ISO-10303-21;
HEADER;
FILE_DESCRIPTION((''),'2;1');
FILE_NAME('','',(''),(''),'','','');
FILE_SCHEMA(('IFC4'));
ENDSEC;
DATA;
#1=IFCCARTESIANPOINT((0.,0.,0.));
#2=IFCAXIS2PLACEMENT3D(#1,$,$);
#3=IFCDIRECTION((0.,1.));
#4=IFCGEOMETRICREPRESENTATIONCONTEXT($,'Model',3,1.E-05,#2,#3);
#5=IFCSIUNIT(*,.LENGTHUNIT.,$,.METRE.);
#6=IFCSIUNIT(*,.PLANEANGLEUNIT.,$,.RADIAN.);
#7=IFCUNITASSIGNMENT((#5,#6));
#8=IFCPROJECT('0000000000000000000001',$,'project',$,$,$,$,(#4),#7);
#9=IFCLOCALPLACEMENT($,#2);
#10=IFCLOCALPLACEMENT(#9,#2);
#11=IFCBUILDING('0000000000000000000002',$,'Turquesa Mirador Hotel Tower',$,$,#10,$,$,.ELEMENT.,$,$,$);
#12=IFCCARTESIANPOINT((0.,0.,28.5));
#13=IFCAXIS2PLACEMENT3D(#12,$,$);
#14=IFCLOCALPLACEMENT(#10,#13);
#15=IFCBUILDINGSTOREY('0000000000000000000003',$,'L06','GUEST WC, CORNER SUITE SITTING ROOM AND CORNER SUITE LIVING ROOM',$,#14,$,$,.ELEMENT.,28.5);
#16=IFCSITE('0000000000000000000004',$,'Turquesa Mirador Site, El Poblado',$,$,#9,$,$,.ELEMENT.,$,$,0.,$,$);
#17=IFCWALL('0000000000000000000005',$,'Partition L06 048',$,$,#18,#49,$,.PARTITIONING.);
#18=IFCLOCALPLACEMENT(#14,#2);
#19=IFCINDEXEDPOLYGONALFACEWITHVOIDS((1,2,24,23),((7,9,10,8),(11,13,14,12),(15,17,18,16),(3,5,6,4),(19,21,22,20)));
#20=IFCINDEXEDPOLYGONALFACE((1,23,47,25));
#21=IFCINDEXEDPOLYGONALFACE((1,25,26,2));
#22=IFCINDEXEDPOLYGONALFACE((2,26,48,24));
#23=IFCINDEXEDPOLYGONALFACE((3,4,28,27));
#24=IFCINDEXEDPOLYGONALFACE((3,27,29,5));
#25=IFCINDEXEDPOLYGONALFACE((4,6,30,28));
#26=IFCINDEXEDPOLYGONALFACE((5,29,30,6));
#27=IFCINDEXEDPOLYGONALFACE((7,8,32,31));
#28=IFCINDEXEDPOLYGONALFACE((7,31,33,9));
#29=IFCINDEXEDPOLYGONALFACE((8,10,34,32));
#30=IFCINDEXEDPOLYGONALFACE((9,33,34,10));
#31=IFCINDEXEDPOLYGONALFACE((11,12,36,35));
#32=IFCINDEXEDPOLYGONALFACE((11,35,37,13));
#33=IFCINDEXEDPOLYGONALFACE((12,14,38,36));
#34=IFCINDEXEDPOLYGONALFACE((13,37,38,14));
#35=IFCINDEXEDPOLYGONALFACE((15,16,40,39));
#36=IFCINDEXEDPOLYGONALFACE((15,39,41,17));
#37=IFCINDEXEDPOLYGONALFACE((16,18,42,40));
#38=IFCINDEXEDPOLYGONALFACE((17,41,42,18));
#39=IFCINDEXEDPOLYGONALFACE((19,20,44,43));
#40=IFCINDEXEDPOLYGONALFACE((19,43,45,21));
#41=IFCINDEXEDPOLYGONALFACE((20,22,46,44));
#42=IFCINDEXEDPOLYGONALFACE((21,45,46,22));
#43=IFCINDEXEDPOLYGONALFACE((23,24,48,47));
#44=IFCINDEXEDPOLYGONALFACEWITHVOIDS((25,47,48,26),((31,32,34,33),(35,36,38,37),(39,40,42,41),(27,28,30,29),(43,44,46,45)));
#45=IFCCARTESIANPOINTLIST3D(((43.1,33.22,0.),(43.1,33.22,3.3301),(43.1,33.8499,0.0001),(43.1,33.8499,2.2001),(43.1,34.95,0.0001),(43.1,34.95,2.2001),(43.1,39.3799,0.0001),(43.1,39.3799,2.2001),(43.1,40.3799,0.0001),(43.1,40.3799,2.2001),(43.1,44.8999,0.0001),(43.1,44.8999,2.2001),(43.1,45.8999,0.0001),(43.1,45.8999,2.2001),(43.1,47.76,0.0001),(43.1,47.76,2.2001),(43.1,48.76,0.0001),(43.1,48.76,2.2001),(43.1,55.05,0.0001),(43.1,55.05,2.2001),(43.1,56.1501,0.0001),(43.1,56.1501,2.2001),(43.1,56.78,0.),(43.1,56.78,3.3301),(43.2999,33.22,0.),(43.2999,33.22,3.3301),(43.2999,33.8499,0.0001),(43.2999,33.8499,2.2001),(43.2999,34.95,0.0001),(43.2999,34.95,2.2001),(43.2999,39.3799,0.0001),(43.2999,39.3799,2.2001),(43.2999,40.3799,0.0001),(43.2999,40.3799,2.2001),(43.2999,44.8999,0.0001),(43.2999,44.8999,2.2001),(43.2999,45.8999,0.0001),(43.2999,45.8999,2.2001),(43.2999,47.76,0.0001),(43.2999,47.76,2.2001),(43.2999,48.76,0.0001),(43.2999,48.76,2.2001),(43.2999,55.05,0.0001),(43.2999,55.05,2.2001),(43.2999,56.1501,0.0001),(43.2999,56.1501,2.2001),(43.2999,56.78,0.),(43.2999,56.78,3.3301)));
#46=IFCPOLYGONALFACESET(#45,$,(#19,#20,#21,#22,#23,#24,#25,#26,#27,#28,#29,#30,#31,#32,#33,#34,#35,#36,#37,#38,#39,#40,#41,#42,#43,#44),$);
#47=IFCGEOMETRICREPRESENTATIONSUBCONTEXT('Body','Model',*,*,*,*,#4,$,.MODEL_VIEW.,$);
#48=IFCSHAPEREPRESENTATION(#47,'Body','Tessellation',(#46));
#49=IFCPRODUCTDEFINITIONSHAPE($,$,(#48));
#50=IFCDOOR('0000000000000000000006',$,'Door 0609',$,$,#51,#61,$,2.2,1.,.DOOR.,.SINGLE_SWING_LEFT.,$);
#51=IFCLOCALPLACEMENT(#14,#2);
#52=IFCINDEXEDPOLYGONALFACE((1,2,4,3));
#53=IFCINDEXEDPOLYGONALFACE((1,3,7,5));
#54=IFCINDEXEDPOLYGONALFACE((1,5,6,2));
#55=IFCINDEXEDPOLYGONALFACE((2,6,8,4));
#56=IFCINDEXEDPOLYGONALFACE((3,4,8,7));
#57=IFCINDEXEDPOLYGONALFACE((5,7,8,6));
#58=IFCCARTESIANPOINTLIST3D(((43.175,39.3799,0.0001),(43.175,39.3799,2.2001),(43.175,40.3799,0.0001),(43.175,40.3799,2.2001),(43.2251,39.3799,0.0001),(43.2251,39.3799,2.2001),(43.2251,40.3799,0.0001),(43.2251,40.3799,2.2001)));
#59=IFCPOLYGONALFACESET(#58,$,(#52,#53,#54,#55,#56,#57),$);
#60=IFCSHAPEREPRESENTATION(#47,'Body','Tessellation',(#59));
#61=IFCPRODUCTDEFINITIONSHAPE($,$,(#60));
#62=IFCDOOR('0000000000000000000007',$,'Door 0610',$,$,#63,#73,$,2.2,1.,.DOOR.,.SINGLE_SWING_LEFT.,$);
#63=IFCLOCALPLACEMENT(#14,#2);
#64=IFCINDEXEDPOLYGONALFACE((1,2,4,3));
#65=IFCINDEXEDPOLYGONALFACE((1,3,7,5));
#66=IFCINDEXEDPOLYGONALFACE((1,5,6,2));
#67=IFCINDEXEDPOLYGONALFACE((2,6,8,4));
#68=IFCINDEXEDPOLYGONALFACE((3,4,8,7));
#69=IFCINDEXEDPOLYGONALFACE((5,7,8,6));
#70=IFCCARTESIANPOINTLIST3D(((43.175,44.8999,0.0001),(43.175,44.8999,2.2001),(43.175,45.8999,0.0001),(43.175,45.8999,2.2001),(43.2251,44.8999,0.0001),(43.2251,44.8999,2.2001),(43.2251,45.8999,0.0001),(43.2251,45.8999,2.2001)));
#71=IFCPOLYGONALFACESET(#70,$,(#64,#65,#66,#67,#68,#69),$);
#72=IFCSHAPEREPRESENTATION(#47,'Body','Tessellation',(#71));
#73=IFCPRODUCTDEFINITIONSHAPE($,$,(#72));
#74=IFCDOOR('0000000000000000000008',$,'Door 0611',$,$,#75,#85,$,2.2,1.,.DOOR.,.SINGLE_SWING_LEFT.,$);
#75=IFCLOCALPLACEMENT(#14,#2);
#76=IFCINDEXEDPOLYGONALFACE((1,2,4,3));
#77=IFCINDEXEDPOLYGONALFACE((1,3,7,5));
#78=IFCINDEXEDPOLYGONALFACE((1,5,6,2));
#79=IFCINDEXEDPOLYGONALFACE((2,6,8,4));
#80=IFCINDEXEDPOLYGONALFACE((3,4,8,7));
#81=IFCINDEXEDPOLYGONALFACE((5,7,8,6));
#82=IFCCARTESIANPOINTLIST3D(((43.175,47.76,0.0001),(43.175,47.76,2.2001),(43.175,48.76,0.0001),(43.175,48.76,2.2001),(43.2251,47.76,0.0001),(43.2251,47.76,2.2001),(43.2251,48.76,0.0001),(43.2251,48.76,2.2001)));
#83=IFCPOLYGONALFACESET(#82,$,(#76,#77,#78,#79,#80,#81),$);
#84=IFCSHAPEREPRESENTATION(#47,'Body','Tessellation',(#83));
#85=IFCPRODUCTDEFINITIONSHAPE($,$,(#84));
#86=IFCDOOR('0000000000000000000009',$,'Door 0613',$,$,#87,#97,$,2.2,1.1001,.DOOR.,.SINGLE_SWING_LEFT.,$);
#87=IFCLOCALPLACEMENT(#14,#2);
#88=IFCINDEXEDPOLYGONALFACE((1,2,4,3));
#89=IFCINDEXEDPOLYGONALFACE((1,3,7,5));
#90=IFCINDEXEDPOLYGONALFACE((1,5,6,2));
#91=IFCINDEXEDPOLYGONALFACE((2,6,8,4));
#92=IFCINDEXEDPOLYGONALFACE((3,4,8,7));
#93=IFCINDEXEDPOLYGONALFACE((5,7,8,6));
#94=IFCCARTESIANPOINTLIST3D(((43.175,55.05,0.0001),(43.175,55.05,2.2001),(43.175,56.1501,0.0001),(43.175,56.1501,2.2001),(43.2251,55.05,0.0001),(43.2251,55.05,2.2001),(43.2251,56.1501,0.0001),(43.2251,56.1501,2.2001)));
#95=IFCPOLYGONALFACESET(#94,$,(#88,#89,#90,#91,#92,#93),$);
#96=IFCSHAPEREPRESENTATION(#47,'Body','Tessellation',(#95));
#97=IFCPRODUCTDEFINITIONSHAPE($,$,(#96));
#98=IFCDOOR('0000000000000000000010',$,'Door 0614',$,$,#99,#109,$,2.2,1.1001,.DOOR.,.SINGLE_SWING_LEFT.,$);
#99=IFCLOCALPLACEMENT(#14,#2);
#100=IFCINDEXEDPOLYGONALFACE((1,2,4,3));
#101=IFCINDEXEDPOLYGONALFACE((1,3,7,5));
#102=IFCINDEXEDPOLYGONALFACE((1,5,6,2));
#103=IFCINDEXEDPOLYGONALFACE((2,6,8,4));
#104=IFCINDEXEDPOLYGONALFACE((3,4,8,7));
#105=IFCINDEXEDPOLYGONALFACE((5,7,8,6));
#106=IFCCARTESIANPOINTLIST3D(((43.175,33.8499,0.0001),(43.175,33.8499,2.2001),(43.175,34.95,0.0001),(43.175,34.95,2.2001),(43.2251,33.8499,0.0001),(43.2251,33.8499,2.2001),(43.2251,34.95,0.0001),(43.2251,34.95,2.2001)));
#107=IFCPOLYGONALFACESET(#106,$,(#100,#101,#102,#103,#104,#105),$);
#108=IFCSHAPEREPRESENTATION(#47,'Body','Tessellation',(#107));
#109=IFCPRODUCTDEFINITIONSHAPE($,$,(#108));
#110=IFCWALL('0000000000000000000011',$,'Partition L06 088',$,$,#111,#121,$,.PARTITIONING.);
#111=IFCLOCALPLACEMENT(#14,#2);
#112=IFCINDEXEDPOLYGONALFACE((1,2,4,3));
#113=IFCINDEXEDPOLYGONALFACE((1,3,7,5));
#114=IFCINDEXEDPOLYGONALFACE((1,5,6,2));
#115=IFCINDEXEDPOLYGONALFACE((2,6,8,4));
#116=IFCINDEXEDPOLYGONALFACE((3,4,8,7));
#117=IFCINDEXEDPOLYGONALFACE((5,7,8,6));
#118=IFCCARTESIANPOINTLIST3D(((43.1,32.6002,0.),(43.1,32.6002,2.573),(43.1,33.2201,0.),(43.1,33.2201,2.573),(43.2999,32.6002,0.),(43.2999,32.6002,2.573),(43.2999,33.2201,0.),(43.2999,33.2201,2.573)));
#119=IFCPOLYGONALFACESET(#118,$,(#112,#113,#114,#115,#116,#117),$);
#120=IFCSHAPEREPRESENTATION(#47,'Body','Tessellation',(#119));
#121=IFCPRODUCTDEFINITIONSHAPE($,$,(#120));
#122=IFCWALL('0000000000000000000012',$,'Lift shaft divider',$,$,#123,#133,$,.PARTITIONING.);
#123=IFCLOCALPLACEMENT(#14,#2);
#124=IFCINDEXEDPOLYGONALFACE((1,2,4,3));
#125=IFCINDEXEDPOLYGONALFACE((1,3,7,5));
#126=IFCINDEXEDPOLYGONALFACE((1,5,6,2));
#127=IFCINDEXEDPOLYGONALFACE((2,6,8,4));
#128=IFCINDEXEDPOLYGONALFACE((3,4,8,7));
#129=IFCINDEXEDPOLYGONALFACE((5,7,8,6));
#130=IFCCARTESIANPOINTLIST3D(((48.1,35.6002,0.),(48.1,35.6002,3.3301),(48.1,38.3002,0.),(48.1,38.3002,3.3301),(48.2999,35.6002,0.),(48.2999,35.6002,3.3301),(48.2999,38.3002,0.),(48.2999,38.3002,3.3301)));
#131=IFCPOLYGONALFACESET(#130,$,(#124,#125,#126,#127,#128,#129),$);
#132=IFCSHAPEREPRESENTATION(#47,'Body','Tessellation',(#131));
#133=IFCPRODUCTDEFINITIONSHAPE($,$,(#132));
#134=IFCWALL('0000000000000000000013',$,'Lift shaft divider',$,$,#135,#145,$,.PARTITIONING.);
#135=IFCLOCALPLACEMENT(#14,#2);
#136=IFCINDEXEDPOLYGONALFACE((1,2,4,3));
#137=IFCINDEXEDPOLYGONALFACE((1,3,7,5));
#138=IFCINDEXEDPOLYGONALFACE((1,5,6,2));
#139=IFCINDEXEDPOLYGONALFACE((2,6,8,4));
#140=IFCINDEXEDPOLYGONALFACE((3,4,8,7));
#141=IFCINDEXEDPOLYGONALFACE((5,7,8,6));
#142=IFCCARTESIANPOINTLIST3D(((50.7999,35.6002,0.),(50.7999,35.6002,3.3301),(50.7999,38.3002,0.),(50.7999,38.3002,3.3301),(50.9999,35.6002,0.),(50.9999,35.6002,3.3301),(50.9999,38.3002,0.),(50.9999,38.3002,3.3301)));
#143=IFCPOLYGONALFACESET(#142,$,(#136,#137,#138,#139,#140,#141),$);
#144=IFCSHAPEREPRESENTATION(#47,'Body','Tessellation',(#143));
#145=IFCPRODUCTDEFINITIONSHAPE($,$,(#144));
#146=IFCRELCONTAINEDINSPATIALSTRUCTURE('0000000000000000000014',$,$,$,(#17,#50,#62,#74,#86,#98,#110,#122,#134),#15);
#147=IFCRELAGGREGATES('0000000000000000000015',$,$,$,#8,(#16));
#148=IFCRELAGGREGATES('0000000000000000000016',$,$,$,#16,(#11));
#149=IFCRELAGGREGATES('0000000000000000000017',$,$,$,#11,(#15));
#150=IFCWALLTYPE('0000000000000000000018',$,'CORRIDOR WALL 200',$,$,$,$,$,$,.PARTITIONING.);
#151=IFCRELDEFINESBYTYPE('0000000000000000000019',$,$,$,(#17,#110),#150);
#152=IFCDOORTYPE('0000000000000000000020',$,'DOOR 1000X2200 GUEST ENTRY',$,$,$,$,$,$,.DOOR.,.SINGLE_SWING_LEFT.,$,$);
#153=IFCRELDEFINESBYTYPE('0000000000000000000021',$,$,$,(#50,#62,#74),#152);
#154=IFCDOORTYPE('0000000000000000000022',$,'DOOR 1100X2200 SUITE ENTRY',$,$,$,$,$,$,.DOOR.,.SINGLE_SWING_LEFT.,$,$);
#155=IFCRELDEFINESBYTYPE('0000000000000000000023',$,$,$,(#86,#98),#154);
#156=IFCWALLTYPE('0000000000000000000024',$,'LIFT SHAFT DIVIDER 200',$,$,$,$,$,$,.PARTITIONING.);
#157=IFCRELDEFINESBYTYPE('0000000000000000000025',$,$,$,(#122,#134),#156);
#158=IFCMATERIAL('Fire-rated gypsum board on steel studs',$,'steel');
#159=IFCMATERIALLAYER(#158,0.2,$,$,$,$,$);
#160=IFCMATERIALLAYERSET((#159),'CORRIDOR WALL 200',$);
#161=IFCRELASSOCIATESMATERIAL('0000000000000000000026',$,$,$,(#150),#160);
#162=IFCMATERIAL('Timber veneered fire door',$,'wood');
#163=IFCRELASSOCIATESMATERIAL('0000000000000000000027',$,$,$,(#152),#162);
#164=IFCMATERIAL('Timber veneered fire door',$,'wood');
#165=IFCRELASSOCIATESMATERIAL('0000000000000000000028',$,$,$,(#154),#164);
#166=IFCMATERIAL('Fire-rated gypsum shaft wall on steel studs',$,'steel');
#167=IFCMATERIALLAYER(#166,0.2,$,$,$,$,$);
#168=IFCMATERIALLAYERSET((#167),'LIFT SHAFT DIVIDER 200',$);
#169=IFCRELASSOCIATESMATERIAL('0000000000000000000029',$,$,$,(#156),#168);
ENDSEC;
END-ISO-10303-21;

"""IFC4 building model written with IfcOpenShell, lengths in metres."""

from ifc_helpers import new_model, si_unit, direction, frame, frame_2d, origin, place, context, subcontext, project, spatial, rectangle, extrude, material, layer, layer_set, type_object, element, fill, save


model = new_model("IFC4")

# Units and contexts
model_context = context("Model", 3, precision=1e-05, world=origin(), true_north=direction((0.0, 1.0)))
body_context = subcontext(model_context, "Body", "Model", "MODEL_VIEW")
ifc_project = project(units=[si_unit("LENGTHUNIT", "METRE"), si_unit("PLANEANGLEUNIT", "RADIAN")], contexts=[model_context])

# Site, building, storey
site_placement = place(None, origin())
site = spatial("IfcSite", under=ifc_project, at=site_placement, Name="Turquesa Mirador Site, El Poblado", CompositionType="ELEMENT", RefElevation=0.0)
building_placement = place(site_placement, origin())
building = spatial("IfcBuilding", under=site, at=building_placement, Name="Turquesa Mirador Hotel Tower", CompositionType="ELEMENT")
storey_placement = place(building_placement, frame((0.0, 0.0, 28.5)))
storey = spatial("IfcBuildingStorey", under=building, at=storey_placement, Name="L06", Description="GUEST WC, CORNER SUITE SITTING ROOM AND CORNER SUITE LIVING ROOM", CompositionType="ELEMENT", Elevation=28.5)

# Wall, openings, doors
ifc_material_1 = material(Name="Fire-rated gypsum board on steel studs", Category="steel")
ifc_layer_1 = layer(ifc_material_1, 0.2)
ifc_layer_set_1 = layer_set([ifc_layer_1], Name="CORRIDOR WALL 200")
wall_type_1 = type_object("IfcWallType", Name="CORRIDOR WALL 200", PredefinedType="PARTITIONING", material=ifc_layer_set_1)
wall_1_placement = place(storey_placement, frame((43.2, 33.22, 0.0), z_axis=(0.0, 0.0, 1.0), x_axis=(0.0, 1.0, 0.0)))
wall_1 = element("IfcWall", 1, at=wall_1_placement, inside=storey, type_object=wall_type_1, Name="Partition L06 048", PredefinedType="PARTITIONING", context=body_context, shape_type="SweptSolid", body=[
    extrude(rectangle(XDim=23.5601, YDim=0.2, at=frame_2d((11.78, 0.0))), origin(), (0.0, 0.0, 1.0), 3.3301),
])
opening_1_placement = place(wall_1_placement, frame((6.1599, 0.0, 0.0)))
opening_1 = element("IfcOpeningElement", 2, at=opening_1_placement, cuts=wall_1, PredefinedType="OPENING", context=body_context, shape_type="SweptSolid", body=[
    extrude(rectangle(XDim=1.0, YDim=2.2, at=frame_2d((0.5, 1.1001))), frame((0.0, 0.1099, 0.0), z_axis=(0.0, -1.0, 0.0), x_axis=(1.0, 0.0, 0.0)), (0.0, 0.0, 1.0), 0.22),
])
opening_2_placement = place(wall_1_placement, frame((11.6799, 0.0, 0.0)))
opening_2 = element("IfcOpeningElement", 3, at=opening_2_placement, cuts=wall_1, PredefinedType="OPENING", context=body_context, shape_type="SweptSolid", body=[
    extrude(rectangle(XDim=1.0, YDim=2.2, at=frame_2d((0.5, 1.1001))), frame((0.0, 0.1099, 0.0), z_axis=(0.0, -1.0, 0.0), x_axis=(1.0, 0.0, 0.0)), (0.0, 0.0, 1.0), 0.22),
])
opening_3_placement = place(wall_1_placement, frame((14.54, 0.0, 0.0)))
opening_3 = element("IfcOpeningElement", 4, at=opening_3_placement, cuts=wall_1, PredefinedType="OPENING", context=body_context, shape_type="SweptSolid", body=[
    extrude(rectangle(XDim=1.0, YDim=2.2, at=frame_2d((0.5, 1.1001))), frame((0.0, 0.1099, 0.0), z_axis=(0.0, -1.0, 0.0), x_axis=(1.0, 0.0, 0.0)), (0.0, 0.0, 1.0), 0.22),
])
opening_4_placement = place(wall_1_placement, frame((21.8301, 0.0, 0.0)))
opening_4 = element("IfcOpeningElement", 5, at=opening_4_placement, cuts=wall_1, PredefinedType="OPENING", context=body_context, shape_type="SweptSolid", body=[
    extrude(rectangle(XDim=1.1001, YDim=2.2, at=frame_2d((0.55, 1.1001))), frame((0.0, 0.1099, 0.0), z_axis=(0.0, -1.0, 0.0), x_axis=(1.0, 0.0, 0.0)), (0.0, 0.0, 1.0), 0.22),
])
opening_5_placement = place(wall_1_placement, frame((0.6299, 0.0, 0.0)))
opening_5 = element("IfcOpeningElement", 6, at=opening_5_placement, cuts=wall_1, PredefinedType="OPENING", context=body_context, shape_type="SweptSolid", body=[
    extrude(rectangle(XDim=1.1001, YDim=2.2, at=frame_2d((0.55, 1.1001))), frame((0.0, 0.1099, 0.0), z_axis=(0.0, -1.0, 0.0), x_axis=(1.0, 0.0, 0.0)), (0.0, 0.0, 1.0), 0.22),
])
ifc_material_2 = material(Name="Timber veneered fire door", Category="wood")
door_type_1 = type_object("IfcDoorType", Name="DOOR 1000X2200 GUEST ENTRY", OperationType="SINGLE_SWING_LEFT", PredefinedType="DOOR", material=ifc_material_2)
door_1_placement = place(opening_1_placement, origin())
door_1 = element("IfcDoor", 7, at=door_1_placement, inside=storey, type_object=door_type_1, Name="Door 0609", OperationType="SINGLE_SWING_LEFT", OverallHeight=2.2, OverallWidth=1.0, PredefinedType="DOOR", context=body_context, shape_type="SweptSolid", body=[
    extrude(rectangle(XDim=1.0, YDim=2.2, at=frame_2d((0.5, 1.1001))), frame((0.0, 0.0249, 0.0), z_axis=(0.0, -1.0, 0.0), x_axis=(1.0, 0.0, 0.0)), (0.0, 0.0, 1.0), 0.05),
])
fill(opening_1, door_1)
door_2_placement = place(opening_2_placement, origin())
door_2 = element("IfcDoor", 8, at=door_2_placement, inside=storey, type_object=door_type_1, Name="Door 0610", OperationType="SINGLE_SWING_LEFT", OverallHeight=2.2, OverallWidth=1.0, PredefinedType="DOOR", context=body_context, shape_type="SweptSolid", body=[
    extrude(rectangle(XDim=1.0, YDim=2.2, at=frame_2d((0.5, 1.1001))), frame((0.0, 0.0249, 0.0), z_axis=(0.0, -1.0, 0.0), x_axis=(1.0, 0.0, 0.0)), (0.0, 0.0, 1.0), 0.05),
])
fill(opening_2, door_2)
door_3_placement = place(opening_3_placement, origin())
door_3 = element("IfcDoor", 9, at=door_3_placement, inside=storey, type_object=door_type_1, Name="Door 0611", OperationType="SINGLE_SWING_LEFT", OverallHeight=2.2, OverallWidth=1.0, PredefinedType="DOOR", context=body_context, shape_type="SweptSolid", body=[
    extrude(rectangle(XDim=1.0, YDim=2.2, at=frame_2d((0.5, 1.1001))), frame((0.0, 0.0249, 0.0), z_axis=(0.0, -1.0, 0.0), x_axis=(1.0, 0.0, 0.0)), (0.0, 0.0, 1.0), 0.05),
])
fill(opening_3, door_3)
ifc_material_3 = material(Name="Timber veneered fire door", Category="wood")
door_type_2 = type_object("IfcDoorType", Name="DOOR 1100X2200 SUITE ENTRY", OperationType="SINGLE_SWING_LEFT", PredefinedType="DOOR", material=ifc_material_3)
door_4_placement = place(opening_4_placement, origin())
door_4 = element("IfcDoor", 10, at=door_4_placement, inside=storey, type_object=door_type_2, Name="Door 0613", OperationType="SINGLE_SWING_LEFT", OverallHeight=2.2, OverallWidth=1.1001, PredefinedType="DOOR", context=body_context, shape_type="SweptSolid", body=[
    extrude(rectangle(XDim=1.1001, YDim=2.2, at=frame_2d((0.55, 1.1001))), frame((0.0, 0.0249, 0.0), z_axis=(0.0, -1.0, 0.0), x_axis=(1.0, 0.0, 0.0)), (0.0, 0.0, 1.0), 0.05),
])
fill(opening_4, door_4)
door_5_placement = place(opening_5_placement, origin())
door_5 = element("IfcDoor", 11, at=door_5_placement, inside=storey, type_object=door_type_2, Name="Door 0614", OperationType="SINGLE_SWING_LEFT", OverallHeight=2.2, OverallWidth=1.1001, PredefinedType="DOOR", context=body_context, shape_type="SweptSolid", body=[
    extrude(rectangle(XDim=1.1001, YDim=2.2, at=frame_2d((0.55, 1.1001))), frame((0.0, 0.0249, 0.0), z_axis=(0.0, -1.0, 0.0), x_axis=(1.0, 0.0, 0.0)), (0.0, 0.0, 1.0), 0.05),
])
fill(opening_5, door_5)

# Walls
wall_2_placement = place(storey_placement, frame((43.2, 32.6001, 0.0), z_axis=(0.0, 0.0, 1.0), x_axis=(0.0, 1.0, 0.0)))
element("IfcWall", 12, at=wall_2_placement, inside=storey, type_object=wall_type_1, Name="Partition L06 088", PredefinedType="PARTITIONING", context=body_context, shape_type="SweptSolid", body=[
    extrude(rectangle(XDim=0.6199, YDim=0.2, at=frame_2d((0.3101, 0.0))), origin(), (0.0, 0.0, 1.0), 2.573),
])
ifc_material_4 = material(Name="Fire-rated gypsum shaft wall on steel studs", Category="steel")
ifc_layer_2 = layer(ifc_material_4, 0.2)
ifc_layer_set_2 = layer_set([ifc_layer_2], Name="LIFT SHAFT DIVIDER 200")
wall_type_2 = type_object("IfcWallType", Name="LIFT SHAFT DIVIDER 200", PredefinedType="PARTITIONING", material=ifc_layer_set_2)
for number, where, z_axis, x_axis, name in (
    (13, (48.2, 35.6001, 0.0), (0.0, 0.0, 1.0), (0.0, 1.0, 0.0), "Lift shaft divider"),
    (14, (50.8999, 35.6001, 0.0), (0.0, 0.0, 1.0), (0.0, 1.0, 0.0), "Lift shaft divider"),
):
    element("IfcWall", number, at=place(storey_placement, frame(where, z_axis=z_axis, x_axis=x_axis)), inside=storey, type_object=wall_type_2, Name=name, PredefinedType="PARTITIONING", context=body_context, shape_type="SweptSolid", body=[
        extrude(rectangle(XDim=2.7, YDim=0.2, at=frame_2d((1.3501, 0.0))), origin(), (0.0, 0.0, 1.0), 3.3301),
    ])

save(model, "model.ifc")
